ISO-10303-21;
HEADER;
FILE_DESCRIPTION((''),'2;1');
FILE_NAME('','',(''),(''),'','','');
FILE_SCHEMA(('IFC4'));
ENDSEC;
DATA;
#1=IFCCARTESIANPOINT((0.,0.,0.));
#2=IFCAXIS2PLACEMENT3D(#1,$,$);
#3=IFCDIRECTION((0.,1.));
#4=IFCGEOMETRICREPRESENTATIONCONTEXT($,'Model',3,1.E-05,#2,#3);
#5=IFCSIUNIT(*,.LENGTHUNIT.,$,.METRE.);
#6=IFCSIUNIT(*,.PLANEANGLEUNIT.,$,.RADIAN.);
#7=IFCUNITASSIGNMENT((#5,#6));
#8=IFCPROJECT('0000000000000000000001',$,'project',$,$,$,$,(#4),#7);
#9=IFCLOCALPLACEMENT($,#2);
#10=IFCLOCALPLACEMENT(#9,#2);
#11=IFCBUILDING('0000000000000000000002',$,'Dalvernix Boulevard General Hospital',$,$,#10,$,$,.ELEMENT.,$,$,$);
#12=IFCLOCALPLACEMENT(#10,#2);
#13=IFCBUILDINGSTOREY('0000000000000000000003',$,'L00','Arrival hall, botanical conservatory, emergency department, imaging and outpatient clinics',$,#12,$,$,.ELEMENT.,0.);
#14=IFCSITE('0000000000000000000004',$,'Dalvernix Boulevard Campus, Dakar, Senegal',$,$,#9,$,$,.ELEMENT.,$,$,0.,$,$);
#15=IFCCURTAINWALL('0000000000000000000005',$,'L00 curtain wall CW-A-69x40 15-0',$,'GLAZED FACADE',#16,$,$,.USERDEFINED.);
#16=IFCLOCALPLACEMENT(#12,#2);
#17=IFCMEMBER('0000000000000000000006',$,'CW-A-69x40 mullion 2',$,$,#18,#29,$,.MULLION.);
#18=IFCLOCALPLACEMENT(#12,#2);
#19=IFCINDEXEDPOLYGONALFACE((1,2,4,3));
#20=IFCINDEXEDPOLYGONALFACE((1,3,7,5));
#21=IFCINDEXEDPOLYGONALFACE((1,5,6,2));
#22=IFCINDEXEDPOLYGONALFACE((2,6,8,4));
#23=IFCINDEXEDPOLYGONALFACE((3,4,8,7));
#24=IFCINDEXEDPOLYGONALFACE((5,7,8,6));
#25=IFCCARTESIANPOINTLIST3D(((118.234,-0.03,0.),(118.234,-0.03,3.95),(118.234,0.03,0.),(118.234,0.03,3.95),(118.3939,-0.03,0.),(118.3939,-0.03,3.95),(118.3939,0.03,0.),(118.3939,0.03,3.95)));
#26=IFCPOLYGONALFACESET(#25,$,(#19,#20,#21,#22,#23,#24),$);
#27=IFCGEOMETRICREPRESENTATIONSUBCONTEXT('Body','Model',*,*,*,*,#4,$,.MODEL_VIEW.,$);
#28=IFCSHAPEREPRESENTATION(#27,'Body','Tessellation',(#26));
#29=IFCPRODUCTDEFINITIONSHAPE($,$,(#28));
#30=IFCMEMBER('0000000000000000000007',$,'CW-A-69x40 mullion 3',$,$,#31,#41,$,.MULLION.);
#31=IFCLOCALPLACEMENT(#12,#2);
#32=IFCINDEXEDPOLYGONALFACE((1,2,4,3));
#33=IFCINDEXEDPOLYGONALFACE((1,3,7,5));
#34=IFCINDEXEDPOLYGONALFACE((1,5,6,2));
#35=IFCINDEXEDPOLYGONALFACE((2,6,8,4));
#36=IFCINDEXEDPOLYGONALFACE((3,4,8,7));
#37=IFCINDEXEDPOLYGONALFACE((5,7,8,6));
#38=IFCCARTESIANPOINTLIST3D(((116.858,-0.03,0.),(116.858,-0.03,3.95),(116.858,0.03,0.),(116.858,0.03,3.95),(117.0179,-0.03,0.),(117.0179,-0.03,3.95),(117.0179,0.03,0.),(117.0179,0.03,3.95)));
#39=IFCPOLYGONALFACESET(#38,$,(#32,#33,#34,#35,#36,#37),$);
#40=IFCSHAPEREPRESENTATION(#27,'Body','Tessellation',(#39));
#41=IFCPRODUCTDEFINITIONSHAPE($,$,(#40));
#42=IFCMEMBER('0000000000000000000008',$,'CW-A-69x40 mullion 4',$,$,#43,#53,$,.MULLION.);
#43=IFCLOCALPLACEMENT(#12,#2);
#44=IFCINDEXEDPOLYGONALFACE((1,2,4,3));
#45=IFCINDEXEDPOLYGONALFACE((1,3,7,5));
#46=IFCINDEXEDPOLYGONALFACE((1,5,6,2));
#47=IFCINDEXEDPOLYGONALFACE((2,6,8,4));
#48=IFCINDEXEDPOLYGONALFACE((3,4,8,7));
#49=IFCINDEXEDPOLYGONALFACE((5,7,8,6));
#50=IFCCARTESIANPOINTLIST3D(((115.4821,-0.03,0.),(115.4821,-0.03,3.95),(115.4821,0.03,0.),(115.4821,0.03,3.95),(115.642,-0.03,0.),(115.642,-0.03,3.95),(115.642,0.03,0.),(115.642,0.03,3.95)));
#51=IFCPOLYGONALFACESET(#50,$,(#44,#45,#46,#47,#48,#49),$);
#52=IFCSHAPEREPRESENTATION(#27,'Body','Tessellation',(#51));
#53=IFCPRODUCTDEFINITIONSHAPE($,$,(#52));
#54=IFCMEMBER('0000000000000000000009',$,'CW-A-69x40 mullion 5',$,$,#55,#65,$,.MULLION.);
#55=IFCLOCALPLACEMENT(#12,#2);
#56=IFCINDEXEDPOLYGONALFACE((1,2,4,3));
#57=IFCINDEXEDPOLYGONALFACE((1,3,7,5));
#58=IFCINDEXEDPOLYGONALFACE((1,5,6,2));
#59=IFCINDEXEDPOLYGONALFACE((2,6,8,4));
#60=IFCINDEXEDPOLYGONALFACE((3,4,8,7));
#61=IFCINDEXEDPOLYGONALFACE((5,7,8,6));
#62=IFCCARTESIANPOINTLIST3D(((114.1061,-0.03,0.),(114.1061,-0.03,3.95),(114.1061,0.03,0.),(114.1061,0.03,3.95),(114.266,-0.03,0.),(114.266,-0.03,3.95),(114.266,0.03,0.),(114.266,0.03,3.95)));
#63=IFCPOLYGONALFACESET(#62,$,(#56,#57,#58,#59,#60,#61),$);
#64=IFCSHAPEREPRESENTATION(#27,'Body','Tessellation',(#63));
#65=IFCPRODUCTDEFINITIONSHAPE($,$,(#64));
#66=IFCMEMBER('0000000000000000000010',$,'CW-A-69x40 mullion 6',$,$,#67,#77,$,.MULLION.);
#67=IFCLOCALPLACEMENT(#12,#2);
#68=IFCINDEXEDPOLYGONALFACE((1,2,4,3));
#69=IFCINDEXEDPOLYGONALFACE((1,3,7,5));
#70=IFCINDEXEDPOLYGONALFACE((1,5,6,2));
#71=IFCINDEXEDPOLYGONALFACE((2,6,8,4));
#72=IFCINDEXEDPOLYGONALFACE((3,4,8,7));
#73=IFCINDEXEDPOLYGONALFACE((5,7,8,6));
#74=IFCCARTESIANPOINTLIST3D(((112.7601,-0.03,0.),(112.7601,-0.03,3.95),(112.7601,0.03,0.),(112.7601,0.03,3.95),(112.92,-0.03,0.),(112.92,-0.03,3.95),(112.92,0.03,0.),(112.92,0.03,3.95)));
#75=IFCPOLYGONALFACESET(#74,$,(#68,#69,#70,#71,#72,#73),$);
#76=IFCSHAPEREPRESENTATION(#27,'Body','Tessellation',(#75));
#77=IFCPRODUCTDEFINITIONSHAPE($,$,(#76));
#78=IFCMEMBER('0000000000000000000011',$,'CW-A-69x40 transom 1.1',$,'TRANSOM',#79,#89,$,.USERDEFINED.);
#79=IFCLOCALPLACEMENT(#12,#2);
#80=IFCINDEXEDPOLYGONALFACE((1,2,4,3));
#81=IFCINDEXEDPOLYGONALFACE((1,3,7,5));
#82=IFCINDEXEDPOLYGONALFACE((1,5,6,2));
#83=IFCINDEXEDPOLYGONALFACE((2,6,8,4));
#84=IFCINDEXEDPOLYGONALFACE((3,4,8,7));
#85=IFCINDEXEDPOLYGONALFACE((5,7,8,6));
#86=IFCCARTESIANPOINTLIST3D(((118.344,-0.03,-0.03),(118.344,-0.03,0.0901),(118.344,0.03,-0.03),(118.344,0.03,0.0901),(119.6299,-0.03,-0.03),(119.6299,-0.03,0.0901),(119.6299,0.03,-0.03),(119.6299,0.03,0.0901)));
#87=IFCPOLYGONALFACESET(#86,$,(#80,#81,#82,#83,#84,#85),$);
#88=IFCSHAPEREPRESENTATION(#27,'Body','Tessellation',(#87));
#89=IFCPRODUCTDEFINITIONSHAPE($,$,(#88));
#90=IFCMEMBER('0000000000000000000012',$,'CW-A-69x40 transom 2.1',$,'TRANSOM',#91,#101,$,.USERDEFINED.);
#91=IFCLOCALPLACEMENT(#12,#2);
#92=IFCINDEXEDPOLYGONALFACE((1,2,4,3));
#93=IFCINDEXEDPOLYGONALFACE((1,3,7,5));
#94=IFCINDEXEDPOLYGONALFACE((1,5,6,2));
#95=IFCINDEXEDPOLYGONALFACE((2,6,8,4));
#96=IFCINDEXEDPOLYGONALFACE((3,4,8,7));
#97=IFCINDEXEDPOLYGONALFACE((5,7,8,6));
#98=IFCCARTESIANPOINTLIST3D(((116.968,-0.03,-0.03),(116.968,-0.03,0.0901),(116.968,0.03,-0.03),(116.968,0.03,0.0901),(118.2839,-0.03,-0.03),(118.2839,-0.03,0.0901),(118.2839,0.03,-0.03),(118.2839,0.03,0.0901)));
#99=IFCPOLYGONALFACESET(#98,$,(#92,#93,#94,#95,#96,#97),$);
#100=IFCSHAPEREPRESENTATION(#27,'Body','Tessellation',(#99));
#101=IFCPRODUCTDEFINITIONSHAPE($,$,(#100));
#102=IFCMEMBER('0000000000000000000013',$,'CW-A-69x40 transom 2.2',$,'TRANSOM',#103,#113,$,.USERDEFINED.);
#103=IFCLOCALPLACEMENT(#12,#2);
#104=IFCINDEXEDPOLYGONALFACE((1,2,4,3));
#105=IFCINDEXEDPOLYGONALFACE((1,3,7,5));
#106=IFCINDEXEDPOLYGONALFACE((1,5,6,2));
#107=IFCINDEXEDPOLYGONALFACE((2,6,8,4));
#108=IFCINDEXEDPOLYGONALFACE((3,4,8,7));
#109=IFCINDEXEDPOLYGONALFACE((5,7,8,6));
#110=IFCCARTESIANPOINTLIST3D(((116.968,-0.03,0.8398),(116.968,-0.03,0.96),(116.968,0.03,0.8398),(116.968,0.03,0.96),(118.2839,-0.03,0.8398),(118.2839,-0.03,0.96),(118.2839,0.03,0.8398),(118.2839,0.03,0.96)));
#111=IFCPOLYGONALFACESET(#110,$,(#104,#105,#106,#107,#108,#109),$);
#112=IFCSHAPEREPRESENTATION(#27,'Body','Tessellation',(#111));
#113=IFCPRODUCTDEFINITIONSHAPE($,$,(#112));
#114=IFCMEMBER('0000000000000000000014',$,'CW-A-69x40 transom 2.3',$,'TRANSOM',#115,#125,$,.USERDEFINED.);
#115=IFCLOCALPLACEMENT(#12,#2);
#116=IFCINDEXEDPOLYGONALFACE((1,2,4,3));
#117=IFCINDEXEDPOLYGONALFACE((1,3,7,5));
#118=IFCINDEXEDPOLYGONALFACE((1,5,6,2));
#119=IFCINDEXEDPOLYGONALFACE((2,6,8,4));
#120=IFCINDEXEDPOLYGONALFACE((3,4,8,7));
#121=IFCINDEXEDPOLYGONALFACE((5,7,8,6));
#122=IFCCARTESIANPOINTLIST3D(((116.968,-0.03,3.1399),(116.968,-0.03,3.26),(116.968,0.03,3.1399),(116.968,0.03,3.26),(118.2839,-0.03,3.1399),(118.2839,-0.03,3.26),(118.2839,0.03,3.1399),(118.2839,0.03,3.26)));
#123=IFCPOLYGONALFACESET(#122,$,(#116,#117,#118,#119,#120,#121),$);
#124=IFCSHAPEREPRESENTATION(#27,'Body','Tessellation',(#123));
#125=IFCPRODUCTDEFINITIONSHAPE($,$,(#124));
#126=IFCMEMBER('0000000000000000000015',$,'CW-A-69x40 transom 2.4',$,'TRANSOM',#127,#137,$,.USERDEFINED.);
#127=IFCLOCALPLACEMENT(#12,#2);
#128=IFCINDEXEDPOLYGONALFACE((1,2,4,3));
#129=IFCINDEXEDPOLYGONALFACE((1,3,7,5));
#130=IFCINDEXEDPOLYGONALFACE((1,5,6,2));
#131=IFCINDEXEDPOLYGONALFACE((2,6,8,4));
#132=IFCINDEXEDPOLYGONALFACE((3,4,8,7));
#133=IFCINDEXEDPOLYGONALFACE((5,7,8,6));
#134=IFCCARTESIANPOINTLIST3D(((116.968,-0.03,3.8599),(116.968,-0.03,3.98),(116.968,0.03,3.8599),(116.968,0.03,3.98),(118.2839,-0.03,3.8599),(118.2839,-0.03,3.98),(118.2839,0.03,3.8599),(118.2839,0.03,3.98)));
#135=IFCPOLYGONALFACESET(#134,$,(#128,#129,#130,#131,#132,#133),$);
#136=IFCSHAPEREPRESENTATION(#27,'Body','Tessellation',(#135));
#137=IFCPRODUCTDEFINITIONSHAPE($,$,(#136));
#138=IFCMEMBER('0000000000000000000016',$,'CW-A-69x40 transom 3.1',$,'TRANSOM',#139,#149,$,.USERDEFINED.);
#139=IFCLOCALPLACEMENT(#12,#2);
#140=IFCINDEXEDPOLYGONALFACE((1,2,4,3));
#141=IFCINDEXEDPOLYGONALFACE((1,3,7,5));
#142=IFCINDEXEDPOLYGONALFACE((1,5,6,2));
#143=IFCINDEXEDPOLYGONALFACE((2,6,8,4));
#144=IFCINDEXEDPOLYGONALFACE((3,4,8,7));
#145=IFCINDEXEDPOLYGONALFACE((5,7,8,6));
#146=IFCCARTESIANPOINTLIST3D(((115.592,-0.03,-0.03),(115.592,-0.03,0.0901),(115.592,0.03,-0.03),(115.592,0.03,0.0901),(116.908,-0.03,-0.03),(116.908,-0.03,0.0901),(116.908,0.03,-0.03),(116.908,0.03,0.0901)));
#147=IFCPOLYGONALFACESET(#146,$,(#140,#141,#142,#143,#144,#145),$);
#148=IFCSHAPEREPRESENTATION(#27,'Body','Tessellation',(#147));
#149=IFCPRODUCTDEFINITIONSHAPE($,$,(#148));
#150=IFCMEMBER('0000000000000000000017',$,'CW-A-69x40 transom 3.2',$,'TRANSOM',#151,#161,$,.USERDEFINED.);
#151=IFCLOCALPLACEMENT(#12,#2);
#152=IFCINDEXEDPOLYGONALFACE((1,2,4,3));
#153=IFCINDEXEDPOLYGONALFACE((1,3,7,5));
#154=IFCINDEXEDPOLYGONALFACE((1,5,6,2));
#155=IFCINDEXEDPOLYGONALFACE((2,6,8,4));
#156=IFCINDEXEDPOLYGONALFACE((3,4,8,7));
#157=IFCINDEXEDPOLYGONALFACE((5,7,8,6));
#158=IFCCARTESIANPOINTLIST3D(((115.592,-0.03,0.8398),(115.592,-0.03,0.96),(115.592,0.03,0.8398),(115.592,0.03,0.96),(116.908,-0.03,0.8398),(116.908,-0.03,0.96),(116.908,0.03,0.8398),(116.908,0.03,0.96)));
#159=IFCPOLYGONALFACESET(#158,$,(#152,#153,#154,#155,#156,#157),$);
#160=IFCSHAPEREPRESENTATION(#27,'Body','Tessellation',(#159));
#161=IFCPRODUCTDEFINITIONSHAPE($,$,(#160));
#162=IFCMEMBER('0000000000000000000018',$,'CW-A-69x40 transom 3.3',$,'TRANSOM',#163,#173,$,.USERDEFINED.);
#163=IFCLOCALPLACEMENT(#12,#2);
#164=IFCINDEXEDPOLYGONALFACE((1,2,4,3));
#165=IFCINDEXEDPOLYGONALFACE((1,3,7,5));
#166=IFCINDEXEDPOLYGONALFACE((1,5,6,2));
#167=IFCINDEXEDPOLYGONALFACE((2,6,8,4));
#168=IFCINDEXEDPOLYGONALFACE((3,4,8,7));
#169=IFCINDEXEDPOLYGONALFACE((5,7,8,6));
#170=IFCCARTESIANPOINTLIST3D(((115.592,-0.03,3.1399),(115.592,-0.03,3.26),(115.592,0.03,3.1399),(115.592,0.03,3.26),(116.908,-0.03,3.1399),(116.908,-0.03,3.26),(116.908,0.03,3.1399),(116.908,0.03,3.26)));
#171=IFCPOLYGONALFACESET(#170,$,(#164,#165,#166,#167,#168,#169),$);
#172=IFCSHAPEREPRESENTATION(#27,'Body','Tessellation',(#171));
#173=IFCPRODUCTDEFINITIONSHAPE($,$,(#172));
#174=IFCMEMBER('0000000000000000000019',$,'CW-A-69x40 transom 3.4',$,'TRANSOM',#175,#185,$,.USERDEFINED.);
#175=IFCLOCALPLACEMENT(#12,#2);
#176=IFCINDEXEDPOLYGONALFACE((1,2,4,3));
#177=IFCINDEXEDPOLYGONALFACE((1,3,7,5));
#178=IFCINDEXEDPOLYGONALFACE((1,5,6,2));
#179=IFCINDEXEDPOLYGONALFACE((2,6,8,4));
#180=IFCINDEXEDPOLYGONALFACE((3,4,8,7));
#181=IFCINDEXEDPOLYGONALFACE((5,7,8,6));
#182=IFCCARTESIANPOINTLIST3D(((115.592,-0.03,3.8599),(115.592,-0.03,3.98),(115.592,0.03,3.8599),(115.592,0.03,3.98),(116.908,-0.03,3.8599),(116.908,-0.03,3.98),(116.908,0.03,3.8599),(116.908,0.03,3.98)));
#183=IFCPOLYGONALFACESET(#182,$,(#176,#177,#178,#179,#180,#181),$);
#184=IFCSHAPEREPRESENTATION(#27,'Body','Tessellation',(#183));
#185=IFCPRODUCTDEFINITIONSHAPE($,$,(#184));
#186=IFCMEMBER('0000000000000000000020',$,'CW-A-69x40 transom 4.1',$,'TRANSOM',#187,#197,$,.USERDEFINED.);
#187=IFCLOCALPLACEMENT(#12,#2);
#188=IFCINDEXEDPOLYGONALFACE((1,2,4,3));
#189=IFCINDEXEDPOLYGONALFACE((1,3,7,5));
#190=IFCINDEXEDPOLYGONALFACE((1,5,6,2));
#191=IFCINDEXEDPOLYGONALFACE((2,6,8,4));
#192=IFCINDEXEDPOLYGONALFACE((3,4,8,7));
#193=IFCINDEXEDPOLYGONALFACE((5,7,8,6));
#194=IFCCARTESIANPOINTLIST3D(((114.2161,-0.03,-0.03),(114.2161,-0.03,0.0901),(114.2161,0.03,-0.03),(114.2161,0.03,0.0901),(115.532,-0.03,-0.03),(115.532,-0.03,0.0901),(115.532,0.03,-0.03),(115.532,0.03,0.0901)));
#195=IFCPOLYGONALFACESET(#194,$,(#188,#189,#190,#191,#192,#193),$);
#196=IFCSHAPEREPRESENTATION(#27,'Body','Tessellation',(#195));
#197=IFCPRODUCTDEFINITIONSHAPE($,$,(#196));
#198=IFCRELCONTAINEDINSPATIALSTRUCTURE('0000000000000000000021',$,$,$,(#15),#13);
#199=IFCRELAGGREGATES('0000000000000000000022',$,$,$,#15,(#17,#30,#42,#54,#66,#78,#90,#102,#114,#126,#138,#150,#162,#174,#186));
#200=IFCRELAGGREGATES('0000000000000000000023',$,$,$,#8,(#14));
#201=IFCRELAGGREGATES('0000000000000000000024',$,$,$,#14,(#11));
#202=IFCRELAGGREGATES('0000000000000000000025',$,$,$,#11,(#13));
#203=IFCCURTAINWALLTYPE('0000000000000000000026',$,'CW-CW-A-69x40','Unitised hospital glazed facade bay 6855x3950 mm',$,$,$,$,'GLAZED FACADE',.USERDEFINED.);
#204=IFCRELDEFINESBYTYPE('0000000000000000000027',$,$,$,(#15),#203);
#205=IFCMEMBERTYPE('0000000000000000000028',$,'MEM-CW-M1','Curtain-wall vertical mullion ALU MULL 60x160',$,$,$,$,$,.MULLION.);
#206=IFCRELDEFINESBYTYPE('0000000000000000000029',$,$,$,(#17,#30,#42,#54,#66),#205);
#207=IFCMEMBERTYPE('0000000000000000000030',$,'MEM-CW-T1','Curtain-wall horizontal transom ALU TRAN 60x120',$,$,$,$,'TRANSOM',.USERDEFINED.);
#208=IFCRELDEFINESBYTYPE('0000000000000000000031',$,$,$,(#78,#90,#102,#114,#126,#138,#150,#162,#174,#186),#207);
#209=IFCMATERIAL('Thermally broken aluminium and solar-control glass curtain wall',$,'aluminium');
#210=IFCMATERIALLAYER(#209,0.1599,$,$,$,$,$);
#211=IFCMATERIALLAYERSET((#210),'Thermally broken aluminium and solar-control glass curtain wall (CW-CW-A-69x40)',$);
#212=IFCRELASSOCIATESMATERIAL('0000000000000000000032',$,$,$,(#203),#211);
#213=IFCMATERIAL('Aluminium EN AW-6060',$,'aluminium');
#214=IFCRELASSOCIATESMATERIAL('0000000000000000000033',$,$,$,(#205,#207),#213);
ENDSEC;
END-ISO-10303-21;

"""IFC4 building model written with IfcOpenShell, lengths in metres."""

from ifc_helpers import new_model, si_unit, direction, frame, origin, origin_2d, place, context, subcontext, project, spatial, rectangle, extrude, material, layer, layer_set, material_profile, profile_set, type_object, element, aggregate, save


model = new_model("IFC4")

# Units and contexts
model_context = context("Model", 3, precision=1e-05, world=origin(), true_north=direction((0.0, 1.0)))
body_context = subcontext(model_context, "Body", "Model", "MODEL_VIEW")
ifc_project = project(units=[si_unit("LENGTHUNIT", "METRE"), si_unit("PLANEANGLEUNIT", "RADIAN")], contexts=[model_context])

# Site, building, storey
site_placement = place(None, origin())
site = spatial("IfcSite", under=ifc_project, at=site_placement, Name="Dalvernix Boulevard Campus, Dakar, Senegal", CompositionType="ELEMENT", RefElevation=0.0)
building_placement = place(site_placement, origin())
building = spatial("IfcBuilding", under=site, at=building_placement, Name="Dalvernix Boulevard General Hospital", CompositionType="ELEMENT")
storey_placement = place(building_placement, origin())
storey = spatial("IfcBuildingStorey", under=building, at=storey_placement, Name="L00", Description="Arrival hall, botanical conservatory, emergency department, imaging and outpatient clinics", CompositionType="ELEMENT", Elevation=0.0)

# Curtain wall, members
ifc_material_1 = material(Name="Thermally broken aluminium and solar-control glass curtain wall", Category="aluminium")
ifc_layer_1 = layer(ifc_material_1, 0.1599)
ifc_layer_set_1 = layer_set([ifc_layer_1], Name="Thermally broken aluminium and solar-control glass curtain wall (CW-CW-A-69x40)")
curtain_wall_type = type_object("IfcCurtainWallType", Name="CW-CW-A-69x40", Description="Unitised hospital glazed facade bay 6855x3950 mm", ElementType="GLAZED FACADE", PredefinedType="USERDEFINED", material=ifc_layer_set_1)
curtain_wall_placement = place(storey_placement, origin())
curtain_wall = element("IfcCurtainWall", 1, at=curtain_wall_placement, inside=storey, type_object=curtain_wall_type, Name="L00 curtain wall CW-A-69x40 15-0", ObjectType="GLAZED FACADE", PredefinedType="USERDEFINED")
ifc_material_2 = material(Name="Aluminium EN AW-6060", Category="aluminium")
ifc_material_profile_1 = material_profile(ifc_material_2, rectangle(XDim=0.0601, YDim=0.1599, at=origin_2d()), Name="ALU MULL 60x160")
ifc_profile_set_1 = profile_set([ifc_material_profile_1], Name="Aluminium EN AW-6060")
member_type_1 = type_object("IfcMemberType", Name="MEM-CW-M1", Description="Curtain-wall vertical mullion ALU MULL 60x160", PredefinedType="MULLION", material=ifc_profile_set_1)
member_1_placement = place(storey_placement, frame((118.314, 0.0, 0.0), z_axis=(0.0, 0.0, 1.0), x_axis=(0.0, -1.0, 0.0)))
member_1 = element("IfcMember", 2, at=member_1_placement, type_object=member_type_1, Name="CW-A-69x40 mullion 2", PredefinedType="MULLION", context=body_context, shape_type="SweptSolid", body=[
    extrude(rectangle(XDim=0.0601, YDim=0.1599, at=origin_2d()), origin(), (0.0, 0.0, 1.0), 3.95),
])
member_2_placement = place(storey_placement, frame((116.938, 0.0, 0.0), z_axis=(0.0, 0.0, 1.0), x_axis=(0.0, -1.0, 0.0)))
member_2 = element("IfcMember", 3, at=member_2_placement, type_object=member_type_1, Name="CW-A-69x40 mullion 3", PredefinedType="MULLION", context=body_context, shape_type="SweptSolid", body=[
    extrude(rectangle(XDim=0.0601, YDim=0.1599, at=origin_2d()), origin(), (0.0, 0.0, 1.0), 3.95),
])
member_3_placement = place(storey_placement, frame((115.562, 0.0, 0.0), z_axis=(0.0, 0.0, 1.0), x_axis=(0.0, -1.0, 0.0)))
member_3 = element("IfcMember", 4, at=member_3_placement, type_object=member_type_1, Name="CW-A-69x40 mullion 4", PredefinedType="MULLION", context=body_context, shape_type="SweptSolid", body=[
    extrude(rectangle(XDim=0.0601, YDim=0.1599, at=origin_2d()), origin(), (0.0, 0.0, 1.0), 3.95),
])
member_4_placement = place(storey_placement, frame((114.186, 0.0, 0.0), z_axis=(0.0, 0.0, 1.0), x_axis=(0.0, -1.0, 0.0)))
member_4 = element("IfcMember", 5, at=member_4_placement, type_object=member_type_1, Name="CW-A-69x40 mullion 5", PredefinedType="MULLION", context=body_context, shape_type="SweptSolid", body=[
    extrude(rectangle(XDim=0.0601, YDim=0.1599, at=origin_2d()), origin(), (0.0, 0.0, 1.0), 3.95),
])
member_5_placement = place(storey_placement, frame((112.8401, 0.0, 0.0), z_axis=(0.0, 0.0, 1.0), x_axis=(0.0, -1.0, 0.0)))
member_5 = element("IfcMember", 6, at=member_5_placement, type_object=member_type_1, Name="CW-A-69x40 mullion 6", PredefinedType="MULLION", context=body_context, shape_type="SweptSolid", body=[
    extrude(rectangle(XDim=0.0601, YDim=0.1599, at=origin_2d()), origin(), (0.0, 0.0, 1.0), 3.95),
])
ifc_material_profile_2 = material_profile(ifc_material_2, rectangle(XDim=0.0601, YDim=0.1201, at=origin_2d()), Name="ALU TRAN 60x120")
ifc_profile_set_2 = profile_set([ifc_material_profile_2], Name="Aluminium EN AW-6060")
member_type_2 = type_object("IfcMemberType", Name="MEM-CW-T1", Description="Curtain-wall horizontal transom ALU TRAN 60x120", ElementType="TRANSOM", PredefinedType="USERDEFINED", material=ifc_profile_set_2)
member_6_placement = place(storey_placement, frame((119.6299, 0.0, 0.03), z_axis=(-1.0, 0.0, 0.0), x_axis=(0.0, -1.0, 0.0)))
member_6 = element("IfcMember", 7, at=member_6_placement, type_object=member_type_2, Name="CW-A-69x40 transom 1.1", ObjectType="TRANSOM", PredefinedType="USERDEFINED", context=body_context, shape_type="SweptSolid", body=[
    extrude(rectangle(XDim=0.0601, YDim=0.1201, at=origin_2d()), origin(), (0.0, 0.0, 1.0), 1.2859),
])
member_7_placement = place(storey_placement, frame((118.2839, 0.0, 0.03), z_axis=(-1.0, 0.0, 0.0), x_axis=(0.0, -1.0, 0.0)))
member_7 = element("IfcMember", 8, at=member_7_placement, type_object=member_type_2, Name="CW-A-69x40 transom 2.1", ObjectType="TRANSOM", PredefinedType="USERDEFINED", context=body_context, shape_type="SweptSolid", body=[
    extrude(rectangle(XDim=0.0601, YDim=0.1201, at=origin_2d()), origin(), (0.0, 0.0, 1.0), 1.3159),
])
member_8_placement = place(storey_placement, frame((118.2839, 0.0, 0.8999), z_axis=(-1.0, 0.0, 0.0), x_axis=(0.0, -1.0, 0.0)))
member_8 = element("IfcMember", 9, at=member_8_placement, type_object=member_type_2, Name="CW-A-69x40 transom 2.2", ObjectType="TRANSOM", PredefinedType="USERDEFINED", context=body_context, shape_type="SweptSolid", body=[
    extrude(rectangle(XDim=0.0601, YDim=0.1201, at=origin_2d()), origin(), (0.0, 0.0, 1.0), 1.3159),
])
member_9_placement = place(storey_placement, frame((118.2839, 0.0, 3.2), z_axis=(-1.0, 0.0, 0.0), x_axis=(0.0, -1.0, 0.0)))
member_9 = element("IfcMember", 10, at=member_9_placement, type_object=member_type_2, Name="CW-A-69x40 transom 2.3", ObjectType="TRANSOM", PredefinedType="USERDEFINED", context=body_context, shape_type="SweptSolid", body=[
    extrude(rectangle(XDim=0.0601, YDim=0.1201, at=origin_2d()), origin(), (0.0, 0.0, 1.0), 1.3159),
])
member_10_placement = place(storey_placement, frame((118.2839, 0.0, 3.9199), z_axis=(-1.0, 0.0, 0.0), x_axis=(0.0, -1.0, 0.0)))
member_10 = element("IfcMember", 11, at=member_10_placement, type_object=member_type_2, Name="CW-A-69x40 transom 2.4", ObjectType="TRANSOM", PredefinedType="USERDEFINED", context=body_context, shape_type="SweptSolid", body=[
    extrude(rectangle(XDim=0.0601, YDim=0.1201, at=origin_2d()), origin(), (0.0, 0.0, 1.0), 1.3159),
])
member_11_placement = place(storey_placement, frame((116.908, 0.0, 0.03), z_axis=(-1.0, 0.0, 0.0), x_axis=(0.0, -1.0, 0.0)))
member_11 = element("IfcMember", 12, at=member_11_placement, type_object=member_type_2, Name="CW-A-69x40 transom 3.1", ObjectType="TRANSOM", PredefinedType="USERDEFINED", context=body_context, shape_type="SweptSolid", body=[
    extrude(rectangle(XDim=0.0601, YDim=0.1201, at=origin_2d()), origin(), (0.0, 0.0, 1.0), 1.3159),
])
member_12_placement = place(storey_placement, frame((116.908, 0.0, 0.8999), z_axis=(-1.0, 0.0, 0.0), x_axis=(0.0, -1.0, 0.0)))
member_12 = element("IfcMember", 13, at=member_12_placement, type_object=member_type_2, Name="CW-A-69x40 transom 3.2", ObjectType="TRANSOM", PredefinedType="USERDEFINED", context=body_context, shape_type="SweptSolid", body=[
    extrude(rectangle(XDim=0.0601, YDim=0.1201, at=origin_2d()), origin(), (0.0, 0.0, 1.0), 1.3159),
])
member_13_placement = place(storey_placement, frame((116.908, 0.0, 3.2), z_axis=(-1.0, 0.0, 0.0), x_axis=(0.0, -1.0, 0.0)))
member_13 = element("IfcMember", 14, at=member_13_placement, type_object=member_type_2, Name="CW-A-69x40 transom 3.3", ObjectType="TRANSOM", PredefinedType="USERDEFINED", context=body_context, shape_type="SweptSolid", body=[
    extrude(rectangle(XDim=0.0601, YDim=0.1201, at=origin_2d()), origin(), (0.0, 0.0, 1.0), 1.3159),
])
member_14_placement = place(storey_placement, frame((116.908, 0.0, 3.9199), z_axis=(-1.0, 0.0, 0.0), x_axis=(0.0, -1.0, 0.0)))
member_14 = element("IfcMember", 15, at=member_14_placement, type_object=member_type_2, Name="CW-A-69x40 transom 3.4", ObjectType="TRANSOM", PredefinedType="USERDEFINED", context=body_context, shape_type="SweptSolid", body=[
    extrude(rectangle(XDim=0.0601, YDim=0.1201, at=origin_2d()), origin(), (0.0, 0.0, 1.0), 1.3159),
])
member_15_placement = place(storey_placement, frame((115.532, 0.0, 0.03), z_axis=(-1.0, 0.0, 0.0), x_axis=(0.0, -1.0, 0.0)))
member_15 = element("IfcMember", 16, at=member_15_placement, type_object=member_type_2, Name="CW-A-69x40 transom 4.1", ObjectType="TRANSOM", PredefinedType="USERDEFINED", context=body_context, shape_type="SweptSolid", body=[
    extrude(rectangle(XDim=0.0601, YDim=0.1201, at=origin_2d()), origin(), (0.0, 0.0, 1.0), 1.3159),
])
aggregate(curtain_wall, [member_1, member_2, member_3, member_4, member_5, member_6, member_7, member_8, member_9, member_10, member_11, member_12, member_13, member_14, member_15])

save(model, "model.ifc")
